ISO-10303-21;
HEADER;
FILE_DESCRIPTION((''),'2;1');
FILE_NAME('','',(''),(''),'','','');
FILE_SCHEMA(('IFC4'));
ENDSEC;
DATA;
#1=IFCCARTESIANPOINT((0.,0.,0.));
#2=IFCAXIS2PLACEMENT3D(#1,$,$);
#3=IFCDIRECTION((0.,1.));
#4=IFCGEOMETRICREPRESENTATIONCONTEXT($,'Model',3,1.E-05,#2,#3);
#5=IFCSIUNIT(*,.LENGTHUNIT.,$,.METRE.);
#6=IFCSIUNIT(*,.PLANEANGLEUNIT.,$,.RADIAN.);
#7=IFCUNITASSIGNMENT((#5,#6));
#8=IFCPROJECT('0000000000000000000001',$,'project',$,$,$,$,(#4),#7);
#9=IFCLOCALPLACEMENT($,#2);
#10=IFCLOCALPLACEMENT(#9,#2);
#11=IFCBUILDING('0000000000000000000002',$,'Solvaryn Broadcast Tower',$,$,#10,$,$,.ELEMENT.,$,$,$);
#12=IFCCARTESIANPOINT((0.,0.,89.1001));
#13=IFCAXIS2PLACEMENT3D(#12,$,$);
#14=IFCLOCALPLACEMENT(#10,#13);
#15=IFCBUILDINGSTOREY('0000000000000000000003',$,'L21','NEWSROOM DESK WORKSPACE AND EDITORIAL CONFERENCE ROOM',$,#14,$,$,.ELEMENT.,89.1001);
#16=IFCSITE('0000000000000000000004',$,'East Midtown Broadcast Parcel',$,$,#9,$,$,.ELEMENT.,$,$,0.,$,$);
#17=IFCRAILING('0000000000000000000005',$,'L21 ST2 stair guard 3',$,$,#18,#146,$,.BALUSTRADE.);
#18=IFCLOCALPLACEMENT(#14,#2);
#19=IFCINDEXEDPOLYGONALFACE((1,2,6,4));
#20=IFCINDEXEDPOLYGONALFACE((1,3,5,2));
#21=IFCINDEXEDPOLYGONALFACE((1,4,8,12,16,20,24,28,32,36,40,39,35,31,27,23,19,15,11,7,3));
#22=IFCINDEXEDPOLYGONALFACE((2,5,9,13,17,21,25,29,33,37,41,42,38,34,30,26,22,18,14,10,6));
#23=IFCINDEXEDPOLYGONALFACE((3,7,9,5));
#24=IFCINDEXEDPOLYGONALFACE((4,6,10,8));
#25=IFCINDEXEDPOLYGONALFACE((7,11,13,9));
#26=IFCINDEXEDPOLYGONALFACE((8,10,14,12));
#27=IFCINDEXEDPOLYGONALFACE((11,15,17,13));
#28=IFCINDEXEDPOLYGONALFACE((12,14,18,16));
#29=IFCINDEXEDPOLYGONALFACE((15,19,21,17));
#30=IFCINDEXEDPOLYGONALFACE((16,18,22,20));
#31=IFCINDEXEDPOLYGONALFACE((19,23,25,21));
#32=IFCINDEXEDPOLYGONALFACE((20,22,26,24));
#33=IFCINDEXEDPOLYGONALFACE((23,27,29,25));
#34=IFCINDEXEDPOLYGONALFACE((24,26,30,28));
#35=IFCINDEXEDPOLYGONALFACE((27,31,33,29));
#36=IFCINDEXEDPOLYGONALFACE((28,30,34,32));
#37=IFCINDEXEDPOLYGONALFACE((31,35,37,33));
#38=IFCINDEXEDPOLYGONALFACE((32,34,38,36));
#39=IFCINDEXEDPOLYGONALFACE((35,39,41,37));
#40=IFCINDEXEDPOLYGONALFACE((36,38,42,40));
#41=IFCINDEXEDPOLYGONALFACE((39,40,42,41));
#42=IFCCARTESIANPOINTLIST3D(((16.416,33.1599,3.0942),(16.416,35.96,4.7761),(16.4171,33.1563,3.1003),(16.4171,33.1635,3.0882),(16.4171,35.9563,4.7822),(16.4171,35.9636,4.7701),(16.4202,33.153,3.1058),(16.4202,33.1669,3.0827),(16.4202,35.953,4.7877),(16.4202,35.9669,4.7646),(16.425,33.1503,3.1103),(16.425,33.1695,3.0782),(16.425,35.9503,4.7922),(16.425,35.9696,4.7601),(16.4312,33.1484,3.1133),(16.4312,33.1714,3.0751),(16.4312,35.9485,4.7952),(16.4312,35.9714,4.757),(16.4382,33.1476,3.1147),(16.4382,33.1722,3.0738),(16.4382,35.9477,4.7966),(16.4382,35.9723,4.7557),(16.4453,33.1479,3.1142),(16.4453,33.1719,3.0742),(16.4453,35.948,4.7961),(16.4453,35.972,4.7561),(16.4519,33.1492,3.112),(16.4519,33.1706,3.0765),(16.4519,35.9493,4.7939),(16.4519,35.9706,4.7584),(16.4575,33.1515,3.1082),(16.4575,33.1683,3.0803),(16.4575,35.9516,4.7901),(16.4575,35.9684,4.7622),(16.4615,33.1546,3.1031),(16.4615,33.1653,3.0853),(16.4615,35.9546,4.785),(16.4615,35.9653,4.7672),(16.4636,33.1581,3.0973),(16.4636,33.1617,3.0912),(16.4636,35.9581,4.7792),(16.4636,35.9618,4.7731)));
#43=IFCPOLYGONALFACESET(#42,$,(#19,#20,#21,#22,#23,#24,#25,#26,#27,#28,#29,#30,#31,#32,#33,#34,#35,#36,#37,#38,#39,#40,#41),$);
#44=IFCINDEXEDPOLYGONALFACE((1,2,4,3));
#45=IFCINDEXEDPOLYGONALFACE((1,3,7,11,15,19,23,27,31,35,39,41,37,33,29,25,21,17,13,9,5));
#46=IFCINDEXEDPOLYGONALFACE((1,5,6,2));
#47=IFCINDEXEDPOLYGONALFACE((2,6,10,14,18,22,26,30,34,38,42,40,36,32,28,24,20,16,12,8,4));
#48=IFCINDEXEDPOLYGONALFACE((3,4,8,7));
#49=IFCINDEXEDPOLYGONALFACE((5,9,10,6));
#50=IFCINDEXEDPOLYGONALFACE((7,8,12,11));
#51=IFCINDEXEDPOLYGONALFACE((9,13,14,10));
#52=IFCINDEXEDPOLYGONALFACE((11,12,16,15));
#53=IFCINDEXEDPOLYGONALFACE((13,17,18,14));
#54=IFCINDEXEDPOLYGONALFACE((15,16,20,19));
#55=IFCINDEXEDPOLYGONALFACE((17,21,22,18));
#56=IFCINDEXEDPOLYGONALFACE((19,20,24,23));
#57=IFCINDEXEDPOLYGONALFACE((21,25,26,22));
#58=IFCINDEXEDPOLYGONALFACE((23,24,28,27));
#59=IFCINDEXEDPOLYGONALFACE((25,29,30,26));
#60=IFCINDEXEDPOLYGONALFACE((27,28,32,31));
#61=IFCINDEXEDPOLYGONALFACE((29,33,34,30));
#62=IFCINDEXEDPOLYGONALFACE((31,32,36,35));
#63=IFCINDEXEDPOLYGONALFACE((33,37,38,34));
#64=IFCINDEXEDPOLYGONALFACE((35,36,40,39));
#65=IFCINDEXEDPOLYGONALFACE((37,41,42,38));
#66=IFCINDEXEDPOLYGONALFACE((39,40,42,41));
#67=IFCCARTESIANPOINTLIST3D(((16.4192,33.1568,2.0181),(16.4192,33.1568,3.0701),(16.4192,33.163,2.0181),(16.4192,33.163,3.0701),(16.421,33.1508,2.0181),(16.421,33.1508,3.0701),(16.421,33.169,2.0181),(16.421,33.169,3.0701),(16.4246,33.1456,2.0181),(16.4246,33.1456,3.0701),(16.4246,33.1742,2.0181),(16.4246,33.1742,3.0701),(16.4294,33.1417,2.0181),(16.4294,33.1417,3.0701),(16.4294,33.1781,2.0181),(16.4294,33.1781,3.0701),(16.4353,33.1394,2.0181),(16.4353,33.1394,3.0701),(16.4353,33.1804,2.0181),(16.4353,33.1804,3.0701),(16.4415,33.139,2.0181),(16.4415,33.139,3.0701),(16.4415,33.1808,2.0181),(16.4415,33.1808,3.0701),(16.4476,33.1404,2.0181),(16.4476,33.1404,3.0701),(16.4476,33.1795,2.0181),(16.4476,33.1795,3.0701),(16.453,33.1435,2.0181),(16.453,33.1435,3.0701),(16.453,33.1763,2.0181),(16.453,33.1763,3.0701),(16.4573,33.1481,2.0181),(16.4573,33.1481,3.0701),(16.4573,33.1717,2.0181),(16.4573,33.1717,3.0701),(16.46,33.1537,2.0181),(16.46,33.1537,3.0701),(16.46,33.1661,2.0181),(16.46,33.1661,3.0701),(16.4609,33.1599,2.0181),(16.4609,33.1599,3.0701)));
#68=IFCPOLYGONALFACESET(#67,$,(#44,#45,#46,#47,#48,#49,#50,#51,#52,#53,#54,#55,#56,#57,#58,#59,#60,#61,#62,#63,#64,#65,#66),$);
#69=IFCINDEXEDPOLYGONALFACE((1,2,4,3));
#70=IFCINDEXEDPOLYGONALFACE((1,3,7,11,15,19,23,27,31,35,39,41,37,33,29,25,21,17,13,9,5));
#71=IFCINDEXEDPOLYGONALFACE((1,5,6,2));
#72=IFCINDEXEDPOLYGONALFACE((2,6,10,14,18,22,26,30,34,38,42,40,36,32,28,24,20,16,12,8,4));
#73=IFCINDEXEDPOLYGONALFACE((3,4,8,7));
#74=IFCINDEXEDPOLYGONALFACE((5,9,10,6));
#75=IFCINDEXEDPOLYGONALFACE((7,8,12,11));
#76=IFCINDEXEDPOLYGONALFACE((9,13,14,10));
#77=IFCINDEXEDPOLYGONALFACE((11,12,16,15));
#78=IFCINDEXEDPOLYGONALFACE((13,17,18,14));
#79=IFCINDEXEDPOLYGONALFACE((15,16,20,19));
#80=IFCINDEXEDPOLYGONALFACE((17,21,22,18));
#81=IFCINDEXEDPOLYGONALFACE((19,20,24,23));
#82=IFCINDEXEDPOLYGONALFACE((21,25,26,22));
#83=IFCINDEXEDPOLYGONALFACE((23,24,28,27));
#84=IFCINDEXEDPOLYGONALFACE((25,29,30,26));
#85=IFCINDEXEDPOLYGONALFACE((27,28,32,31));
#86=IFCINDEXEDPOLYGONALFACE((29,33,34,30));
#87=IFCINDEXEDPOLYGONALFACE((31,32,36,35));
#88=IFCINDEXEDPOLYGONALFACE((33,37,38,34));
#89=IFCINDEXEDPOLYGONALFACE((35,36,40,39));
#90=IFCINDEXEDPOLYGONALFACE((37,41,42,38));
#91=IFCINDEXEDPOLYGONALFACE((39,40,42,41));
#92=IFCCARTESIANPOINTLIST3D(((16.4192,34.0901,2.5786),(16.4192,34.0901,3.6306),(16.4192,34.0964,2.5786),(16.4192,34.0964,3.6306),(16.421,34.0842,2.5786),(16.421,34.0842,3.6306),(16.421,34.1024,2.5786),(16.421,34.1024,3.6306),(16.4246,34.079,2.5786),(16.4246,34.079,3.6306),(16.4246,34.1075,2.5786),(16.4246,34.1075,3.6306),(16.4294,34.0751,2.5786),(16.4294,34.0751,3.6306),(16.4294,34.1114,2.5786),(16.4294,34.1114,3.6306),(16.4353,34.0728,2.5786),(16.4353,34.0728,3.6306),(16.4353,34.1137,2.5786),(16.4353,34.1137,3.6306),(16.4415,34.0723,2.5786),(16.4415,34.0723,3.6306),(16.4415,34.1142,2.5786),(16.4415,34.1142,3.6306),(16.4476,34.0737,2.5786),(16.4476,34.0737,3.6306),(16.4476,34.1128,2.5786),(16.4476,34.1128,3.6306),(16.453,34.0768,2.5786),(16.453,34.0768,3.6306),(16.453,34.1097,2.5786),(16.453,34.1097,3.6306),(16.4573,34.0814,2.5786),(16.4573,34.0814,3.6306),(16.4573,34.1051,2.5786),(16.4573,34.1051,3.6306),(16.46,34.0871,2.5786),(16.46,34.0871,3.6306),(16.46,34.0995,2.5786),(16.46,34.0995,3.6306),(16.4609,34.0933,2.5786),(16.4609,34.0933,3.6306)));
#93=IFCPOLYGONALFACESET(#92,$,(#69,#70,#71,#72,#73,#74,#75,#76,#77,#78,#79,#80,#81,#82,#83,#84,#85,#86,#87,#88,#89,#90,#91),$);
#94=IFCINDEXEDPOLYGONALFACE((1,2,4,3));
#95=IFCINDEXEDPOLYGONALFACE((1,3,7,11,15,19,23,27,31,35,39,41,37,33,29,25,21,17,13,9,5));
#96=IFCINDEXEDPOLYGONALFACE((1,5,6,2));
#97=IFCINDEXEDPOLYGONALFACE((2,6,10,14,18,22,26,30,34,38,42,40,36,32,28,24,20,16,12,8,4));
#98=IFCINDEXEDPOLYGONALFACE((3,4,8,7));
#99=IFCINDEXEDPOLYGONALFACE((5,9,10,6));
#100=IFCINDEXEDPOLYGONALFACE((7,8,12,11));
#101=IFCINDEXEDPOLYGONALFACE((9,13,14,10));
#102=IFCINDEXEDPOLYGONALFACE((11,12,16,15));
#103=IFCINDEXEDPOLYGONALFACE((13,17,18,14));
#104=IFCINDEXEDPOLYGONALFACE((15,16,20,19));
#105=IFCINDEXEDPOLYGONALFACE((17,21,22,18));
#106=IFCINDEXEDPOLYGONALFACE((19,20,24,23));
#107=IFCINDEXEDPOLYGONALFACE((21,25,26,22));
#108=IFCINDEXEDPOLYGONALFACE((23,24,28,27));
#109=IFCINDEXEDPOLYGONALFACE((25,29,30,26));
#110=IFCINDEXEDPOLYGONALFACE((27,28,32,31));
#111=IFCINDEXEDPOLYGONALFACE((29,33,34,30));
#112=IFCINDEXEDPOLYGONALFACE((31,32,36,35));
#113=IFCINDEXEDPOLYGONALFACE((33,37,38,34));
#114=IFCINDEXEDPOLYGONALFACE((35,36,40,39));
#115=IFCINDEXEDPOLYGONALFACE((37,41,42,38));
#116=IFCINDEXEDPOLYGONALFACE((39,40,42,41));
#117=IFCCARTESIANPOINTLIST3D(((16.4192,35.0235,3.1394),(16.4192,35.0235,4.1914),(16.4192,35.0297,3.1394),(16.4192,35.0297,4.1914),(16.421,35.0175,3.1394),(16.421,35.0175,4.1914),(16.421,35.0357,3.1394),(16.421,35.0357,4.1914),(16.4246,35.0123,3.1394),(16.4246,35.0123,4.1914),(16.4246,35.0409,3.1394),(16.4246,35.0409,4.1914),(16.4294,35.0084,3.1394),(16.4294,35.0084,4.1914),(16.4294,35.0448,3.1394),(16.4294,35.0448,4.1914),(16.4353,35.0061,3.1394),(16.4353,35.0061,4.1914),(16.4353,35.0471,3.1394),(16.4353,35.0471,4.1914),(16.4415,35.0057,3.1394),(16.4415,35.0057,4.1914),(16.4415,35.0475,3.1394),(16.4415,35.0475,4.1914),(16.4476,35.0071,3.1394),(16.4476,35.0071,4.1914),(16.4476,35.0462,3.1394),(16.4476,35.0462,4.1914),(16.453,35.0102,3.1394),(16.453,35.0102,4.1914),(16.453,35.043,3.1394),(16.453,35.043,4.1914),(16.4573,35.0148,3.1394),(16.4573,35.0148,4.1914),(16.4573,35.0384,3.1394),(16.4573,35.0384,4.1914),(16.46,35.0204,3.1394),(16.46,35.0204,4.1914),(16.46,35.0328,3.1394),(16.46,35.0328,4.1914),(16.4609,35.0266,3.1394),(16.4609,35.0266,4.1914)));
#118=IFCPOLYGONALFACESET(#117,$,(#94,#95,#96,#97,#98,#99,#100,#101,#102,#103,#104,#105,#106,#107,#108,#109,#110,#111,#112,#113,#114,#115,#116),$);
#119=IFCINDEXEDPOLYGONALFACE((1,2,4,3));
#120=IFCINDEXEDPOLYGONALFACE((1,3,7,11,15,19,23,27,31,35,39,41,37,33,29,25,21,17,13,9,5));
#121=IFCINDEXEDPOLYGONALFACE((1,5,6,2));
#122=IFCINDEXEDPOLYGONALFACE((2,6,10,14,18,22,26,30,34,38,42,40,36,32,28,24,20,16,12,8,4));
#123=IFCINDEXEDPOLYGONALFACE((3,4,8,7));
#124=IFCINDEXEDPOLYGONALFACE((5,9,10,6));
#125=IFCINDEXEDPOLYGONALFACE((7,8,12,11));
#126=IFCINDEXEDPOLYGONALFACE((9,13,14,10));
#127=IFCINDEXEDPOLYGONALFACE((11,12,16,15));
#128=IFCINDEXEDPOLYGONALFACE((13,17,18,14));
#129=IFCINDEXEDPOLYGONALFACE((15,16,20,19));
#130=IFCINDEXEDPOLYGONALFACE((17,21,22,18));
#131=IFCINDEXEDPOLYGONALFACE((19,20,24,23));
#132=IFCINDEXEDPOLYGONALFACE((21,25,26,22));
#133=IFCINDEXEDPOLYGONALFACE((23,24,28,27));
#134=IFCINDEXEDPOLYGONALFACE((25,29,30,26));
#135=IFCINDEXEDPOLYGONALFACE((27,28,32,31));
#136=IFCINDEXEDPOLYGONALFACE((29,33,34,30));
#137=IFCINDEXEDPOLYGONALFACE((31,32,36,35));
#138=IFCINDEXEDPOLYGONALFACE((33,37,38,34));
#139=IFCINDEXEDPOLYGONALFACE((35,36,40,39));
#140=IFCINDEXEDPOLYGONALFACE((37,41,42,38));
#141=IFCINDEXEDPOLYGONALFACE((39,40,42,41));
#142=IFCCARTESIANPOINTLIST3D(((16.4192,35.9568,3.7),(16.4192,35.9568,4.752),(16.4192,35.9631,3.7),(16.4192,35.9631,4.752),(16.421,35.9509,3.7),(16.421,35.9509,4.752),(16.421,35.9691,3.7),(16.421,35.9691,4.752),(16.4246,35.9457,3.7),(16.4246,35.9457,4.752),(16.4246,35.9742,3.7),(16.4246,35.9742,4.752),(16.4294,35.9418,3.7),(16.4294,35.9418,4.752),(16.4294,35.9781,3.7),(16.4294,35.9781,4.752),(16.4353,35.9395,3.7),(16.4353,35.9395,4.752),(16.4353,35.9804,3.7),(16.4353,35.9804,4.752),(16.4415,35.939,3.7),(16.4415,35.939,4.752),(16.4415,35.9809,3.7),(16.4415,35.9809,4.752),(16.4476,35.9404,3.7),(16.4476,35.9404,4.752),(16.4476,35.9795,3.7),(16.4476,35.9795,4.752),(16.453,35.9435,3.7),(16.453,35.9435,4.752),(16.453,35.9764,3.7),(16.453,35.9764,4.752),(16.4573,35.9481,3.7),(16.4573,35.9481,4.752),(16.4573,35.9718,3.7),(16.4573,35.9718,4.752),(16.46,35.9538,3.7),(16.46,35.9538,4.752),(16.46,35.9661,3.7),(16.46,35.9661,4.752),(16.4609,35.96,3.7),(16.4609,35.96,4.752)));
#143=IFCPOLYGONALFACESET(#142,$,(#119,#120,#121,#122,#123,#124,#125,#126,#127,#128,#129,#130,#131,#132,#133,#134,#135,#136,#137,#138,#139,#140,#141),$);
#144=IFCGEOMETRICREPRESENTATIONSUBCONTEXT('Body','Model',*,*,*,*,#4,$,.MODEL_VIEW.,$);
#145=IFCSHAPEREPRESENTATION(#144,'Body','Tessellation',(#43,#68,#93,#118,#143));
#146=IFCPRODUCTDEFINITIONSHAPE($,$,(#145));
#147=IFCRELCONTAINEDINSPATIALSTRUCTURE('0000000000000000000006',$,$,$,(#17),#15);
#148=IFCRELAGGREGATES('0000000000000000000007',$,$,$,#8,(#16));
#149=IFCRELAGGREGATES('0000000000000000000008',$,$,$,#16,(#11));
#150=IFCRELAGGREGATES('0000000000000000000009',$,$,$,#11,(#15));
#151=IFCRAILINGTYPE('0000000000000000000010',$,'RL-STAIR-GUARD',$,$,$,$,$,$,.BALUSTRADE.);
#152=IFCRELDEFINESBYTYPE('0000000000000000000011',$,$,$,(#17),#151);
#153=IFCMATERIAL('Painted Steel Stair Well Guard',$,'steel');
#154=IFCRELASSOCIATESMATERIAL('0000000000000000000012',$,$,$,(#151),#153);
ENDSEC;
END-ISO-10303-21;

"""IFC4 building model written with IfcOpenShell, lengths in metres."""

from ifc_helpers import new_model, si_unit, direction, frame, origin, origin_2d, place, context, subcontext, project, spatial, circle, extrude, material, type_object, element, save


model = new_model("IFC4")

# Units and contexts
model_context = context("Model", 3, precision=1e-05, world=origin(), true_north=direction((0.0, 1.0)))
body_context = subcontext(model_context, "Body", "Model", "MODEL_VIEW")
ifc_project = project(units=[si_unit("LENGTHUNIT", "METRE"), si_unit("PLANEANGLEUNIT", "RADIAN")], contexts=[model_context])

# Site, building, storey
site_placement = place(None, origin())
site = spatial("IfcSite", under=ifc_project, at=site_placement, Name="East Midtown Broadcast Parcel", CompositionType="ELEMENT", RefElevation=0.0)
building_placement = place(site_placement, origin())
building = spatial("IfcBuilding", under=site, at=building_placement, Name="Solvaryn Broadcast Tower", CompositionType="ELEMENT")
storey_placement = place(building_placement, frame((0.0, 0.0, 89.1001)))
storey = spatial("IfcBuildingStorey", under=building, at=storey_placement, Name="L21", Description="NEWSROOM DESK WORKSPACE AND EDITORIAL CONFERENCE ROOM", CompositionType="ELEMENT", Elevation=89.1001)

# Railing
ifc_material_1 = material(Name="Painted Steel Stair Well Guard", Category="steel")
railing_type_1 = type_object("IfcRailingType", Name="RL-STAIR-GUARD", PredefinedType="BALUSTRADE", material=ifc_material_1)
railing_1_placement = place(storey_placement, frame((16.4399, 33.1599, 2.0181)))
element("IfcRailing", 1, at=railing_1_placement, inside=storey, type_object=railing_type_1, Name="L21 ST2 stair guard 3", PredefinedType="BALUSTRADE", context=body_context, shape_type="SweptSolid", body=[
    extrude(circle(Radius=0.0239, at=origin_2d()), frame((0.0, 0.0, 1.0762), z_axis=(0.0, 0.857242, 0.514913), x_axis=(-1.0, 0.0, 0.0)), (0.0, 0.0, 1.0), 3.2664),
    extrude(circle(Radius=0.021, at=origin_2d()), origin(), (0.0, 0.0, 1.0), 1.052),
    extrude(circle(Radius=0.021, at=origin_2d()), frame((0.0, 0.9333, 0.5605)), (0.0, 0.0, 1.0), 1.052),
    extrude(circle(Radius=0.021, at=origin_2d()), frame((0.0, 1.8667, 1.1213)), (0.0, 0.0, 1.0), 1.052),
    extrude(circle(Radius=0.021, at=origin_2d()), frame((0.0, 2.8, 1.6819)), (0.0, 0.0, 1.0), 1.052),
])

save(model, "model.ifc")
